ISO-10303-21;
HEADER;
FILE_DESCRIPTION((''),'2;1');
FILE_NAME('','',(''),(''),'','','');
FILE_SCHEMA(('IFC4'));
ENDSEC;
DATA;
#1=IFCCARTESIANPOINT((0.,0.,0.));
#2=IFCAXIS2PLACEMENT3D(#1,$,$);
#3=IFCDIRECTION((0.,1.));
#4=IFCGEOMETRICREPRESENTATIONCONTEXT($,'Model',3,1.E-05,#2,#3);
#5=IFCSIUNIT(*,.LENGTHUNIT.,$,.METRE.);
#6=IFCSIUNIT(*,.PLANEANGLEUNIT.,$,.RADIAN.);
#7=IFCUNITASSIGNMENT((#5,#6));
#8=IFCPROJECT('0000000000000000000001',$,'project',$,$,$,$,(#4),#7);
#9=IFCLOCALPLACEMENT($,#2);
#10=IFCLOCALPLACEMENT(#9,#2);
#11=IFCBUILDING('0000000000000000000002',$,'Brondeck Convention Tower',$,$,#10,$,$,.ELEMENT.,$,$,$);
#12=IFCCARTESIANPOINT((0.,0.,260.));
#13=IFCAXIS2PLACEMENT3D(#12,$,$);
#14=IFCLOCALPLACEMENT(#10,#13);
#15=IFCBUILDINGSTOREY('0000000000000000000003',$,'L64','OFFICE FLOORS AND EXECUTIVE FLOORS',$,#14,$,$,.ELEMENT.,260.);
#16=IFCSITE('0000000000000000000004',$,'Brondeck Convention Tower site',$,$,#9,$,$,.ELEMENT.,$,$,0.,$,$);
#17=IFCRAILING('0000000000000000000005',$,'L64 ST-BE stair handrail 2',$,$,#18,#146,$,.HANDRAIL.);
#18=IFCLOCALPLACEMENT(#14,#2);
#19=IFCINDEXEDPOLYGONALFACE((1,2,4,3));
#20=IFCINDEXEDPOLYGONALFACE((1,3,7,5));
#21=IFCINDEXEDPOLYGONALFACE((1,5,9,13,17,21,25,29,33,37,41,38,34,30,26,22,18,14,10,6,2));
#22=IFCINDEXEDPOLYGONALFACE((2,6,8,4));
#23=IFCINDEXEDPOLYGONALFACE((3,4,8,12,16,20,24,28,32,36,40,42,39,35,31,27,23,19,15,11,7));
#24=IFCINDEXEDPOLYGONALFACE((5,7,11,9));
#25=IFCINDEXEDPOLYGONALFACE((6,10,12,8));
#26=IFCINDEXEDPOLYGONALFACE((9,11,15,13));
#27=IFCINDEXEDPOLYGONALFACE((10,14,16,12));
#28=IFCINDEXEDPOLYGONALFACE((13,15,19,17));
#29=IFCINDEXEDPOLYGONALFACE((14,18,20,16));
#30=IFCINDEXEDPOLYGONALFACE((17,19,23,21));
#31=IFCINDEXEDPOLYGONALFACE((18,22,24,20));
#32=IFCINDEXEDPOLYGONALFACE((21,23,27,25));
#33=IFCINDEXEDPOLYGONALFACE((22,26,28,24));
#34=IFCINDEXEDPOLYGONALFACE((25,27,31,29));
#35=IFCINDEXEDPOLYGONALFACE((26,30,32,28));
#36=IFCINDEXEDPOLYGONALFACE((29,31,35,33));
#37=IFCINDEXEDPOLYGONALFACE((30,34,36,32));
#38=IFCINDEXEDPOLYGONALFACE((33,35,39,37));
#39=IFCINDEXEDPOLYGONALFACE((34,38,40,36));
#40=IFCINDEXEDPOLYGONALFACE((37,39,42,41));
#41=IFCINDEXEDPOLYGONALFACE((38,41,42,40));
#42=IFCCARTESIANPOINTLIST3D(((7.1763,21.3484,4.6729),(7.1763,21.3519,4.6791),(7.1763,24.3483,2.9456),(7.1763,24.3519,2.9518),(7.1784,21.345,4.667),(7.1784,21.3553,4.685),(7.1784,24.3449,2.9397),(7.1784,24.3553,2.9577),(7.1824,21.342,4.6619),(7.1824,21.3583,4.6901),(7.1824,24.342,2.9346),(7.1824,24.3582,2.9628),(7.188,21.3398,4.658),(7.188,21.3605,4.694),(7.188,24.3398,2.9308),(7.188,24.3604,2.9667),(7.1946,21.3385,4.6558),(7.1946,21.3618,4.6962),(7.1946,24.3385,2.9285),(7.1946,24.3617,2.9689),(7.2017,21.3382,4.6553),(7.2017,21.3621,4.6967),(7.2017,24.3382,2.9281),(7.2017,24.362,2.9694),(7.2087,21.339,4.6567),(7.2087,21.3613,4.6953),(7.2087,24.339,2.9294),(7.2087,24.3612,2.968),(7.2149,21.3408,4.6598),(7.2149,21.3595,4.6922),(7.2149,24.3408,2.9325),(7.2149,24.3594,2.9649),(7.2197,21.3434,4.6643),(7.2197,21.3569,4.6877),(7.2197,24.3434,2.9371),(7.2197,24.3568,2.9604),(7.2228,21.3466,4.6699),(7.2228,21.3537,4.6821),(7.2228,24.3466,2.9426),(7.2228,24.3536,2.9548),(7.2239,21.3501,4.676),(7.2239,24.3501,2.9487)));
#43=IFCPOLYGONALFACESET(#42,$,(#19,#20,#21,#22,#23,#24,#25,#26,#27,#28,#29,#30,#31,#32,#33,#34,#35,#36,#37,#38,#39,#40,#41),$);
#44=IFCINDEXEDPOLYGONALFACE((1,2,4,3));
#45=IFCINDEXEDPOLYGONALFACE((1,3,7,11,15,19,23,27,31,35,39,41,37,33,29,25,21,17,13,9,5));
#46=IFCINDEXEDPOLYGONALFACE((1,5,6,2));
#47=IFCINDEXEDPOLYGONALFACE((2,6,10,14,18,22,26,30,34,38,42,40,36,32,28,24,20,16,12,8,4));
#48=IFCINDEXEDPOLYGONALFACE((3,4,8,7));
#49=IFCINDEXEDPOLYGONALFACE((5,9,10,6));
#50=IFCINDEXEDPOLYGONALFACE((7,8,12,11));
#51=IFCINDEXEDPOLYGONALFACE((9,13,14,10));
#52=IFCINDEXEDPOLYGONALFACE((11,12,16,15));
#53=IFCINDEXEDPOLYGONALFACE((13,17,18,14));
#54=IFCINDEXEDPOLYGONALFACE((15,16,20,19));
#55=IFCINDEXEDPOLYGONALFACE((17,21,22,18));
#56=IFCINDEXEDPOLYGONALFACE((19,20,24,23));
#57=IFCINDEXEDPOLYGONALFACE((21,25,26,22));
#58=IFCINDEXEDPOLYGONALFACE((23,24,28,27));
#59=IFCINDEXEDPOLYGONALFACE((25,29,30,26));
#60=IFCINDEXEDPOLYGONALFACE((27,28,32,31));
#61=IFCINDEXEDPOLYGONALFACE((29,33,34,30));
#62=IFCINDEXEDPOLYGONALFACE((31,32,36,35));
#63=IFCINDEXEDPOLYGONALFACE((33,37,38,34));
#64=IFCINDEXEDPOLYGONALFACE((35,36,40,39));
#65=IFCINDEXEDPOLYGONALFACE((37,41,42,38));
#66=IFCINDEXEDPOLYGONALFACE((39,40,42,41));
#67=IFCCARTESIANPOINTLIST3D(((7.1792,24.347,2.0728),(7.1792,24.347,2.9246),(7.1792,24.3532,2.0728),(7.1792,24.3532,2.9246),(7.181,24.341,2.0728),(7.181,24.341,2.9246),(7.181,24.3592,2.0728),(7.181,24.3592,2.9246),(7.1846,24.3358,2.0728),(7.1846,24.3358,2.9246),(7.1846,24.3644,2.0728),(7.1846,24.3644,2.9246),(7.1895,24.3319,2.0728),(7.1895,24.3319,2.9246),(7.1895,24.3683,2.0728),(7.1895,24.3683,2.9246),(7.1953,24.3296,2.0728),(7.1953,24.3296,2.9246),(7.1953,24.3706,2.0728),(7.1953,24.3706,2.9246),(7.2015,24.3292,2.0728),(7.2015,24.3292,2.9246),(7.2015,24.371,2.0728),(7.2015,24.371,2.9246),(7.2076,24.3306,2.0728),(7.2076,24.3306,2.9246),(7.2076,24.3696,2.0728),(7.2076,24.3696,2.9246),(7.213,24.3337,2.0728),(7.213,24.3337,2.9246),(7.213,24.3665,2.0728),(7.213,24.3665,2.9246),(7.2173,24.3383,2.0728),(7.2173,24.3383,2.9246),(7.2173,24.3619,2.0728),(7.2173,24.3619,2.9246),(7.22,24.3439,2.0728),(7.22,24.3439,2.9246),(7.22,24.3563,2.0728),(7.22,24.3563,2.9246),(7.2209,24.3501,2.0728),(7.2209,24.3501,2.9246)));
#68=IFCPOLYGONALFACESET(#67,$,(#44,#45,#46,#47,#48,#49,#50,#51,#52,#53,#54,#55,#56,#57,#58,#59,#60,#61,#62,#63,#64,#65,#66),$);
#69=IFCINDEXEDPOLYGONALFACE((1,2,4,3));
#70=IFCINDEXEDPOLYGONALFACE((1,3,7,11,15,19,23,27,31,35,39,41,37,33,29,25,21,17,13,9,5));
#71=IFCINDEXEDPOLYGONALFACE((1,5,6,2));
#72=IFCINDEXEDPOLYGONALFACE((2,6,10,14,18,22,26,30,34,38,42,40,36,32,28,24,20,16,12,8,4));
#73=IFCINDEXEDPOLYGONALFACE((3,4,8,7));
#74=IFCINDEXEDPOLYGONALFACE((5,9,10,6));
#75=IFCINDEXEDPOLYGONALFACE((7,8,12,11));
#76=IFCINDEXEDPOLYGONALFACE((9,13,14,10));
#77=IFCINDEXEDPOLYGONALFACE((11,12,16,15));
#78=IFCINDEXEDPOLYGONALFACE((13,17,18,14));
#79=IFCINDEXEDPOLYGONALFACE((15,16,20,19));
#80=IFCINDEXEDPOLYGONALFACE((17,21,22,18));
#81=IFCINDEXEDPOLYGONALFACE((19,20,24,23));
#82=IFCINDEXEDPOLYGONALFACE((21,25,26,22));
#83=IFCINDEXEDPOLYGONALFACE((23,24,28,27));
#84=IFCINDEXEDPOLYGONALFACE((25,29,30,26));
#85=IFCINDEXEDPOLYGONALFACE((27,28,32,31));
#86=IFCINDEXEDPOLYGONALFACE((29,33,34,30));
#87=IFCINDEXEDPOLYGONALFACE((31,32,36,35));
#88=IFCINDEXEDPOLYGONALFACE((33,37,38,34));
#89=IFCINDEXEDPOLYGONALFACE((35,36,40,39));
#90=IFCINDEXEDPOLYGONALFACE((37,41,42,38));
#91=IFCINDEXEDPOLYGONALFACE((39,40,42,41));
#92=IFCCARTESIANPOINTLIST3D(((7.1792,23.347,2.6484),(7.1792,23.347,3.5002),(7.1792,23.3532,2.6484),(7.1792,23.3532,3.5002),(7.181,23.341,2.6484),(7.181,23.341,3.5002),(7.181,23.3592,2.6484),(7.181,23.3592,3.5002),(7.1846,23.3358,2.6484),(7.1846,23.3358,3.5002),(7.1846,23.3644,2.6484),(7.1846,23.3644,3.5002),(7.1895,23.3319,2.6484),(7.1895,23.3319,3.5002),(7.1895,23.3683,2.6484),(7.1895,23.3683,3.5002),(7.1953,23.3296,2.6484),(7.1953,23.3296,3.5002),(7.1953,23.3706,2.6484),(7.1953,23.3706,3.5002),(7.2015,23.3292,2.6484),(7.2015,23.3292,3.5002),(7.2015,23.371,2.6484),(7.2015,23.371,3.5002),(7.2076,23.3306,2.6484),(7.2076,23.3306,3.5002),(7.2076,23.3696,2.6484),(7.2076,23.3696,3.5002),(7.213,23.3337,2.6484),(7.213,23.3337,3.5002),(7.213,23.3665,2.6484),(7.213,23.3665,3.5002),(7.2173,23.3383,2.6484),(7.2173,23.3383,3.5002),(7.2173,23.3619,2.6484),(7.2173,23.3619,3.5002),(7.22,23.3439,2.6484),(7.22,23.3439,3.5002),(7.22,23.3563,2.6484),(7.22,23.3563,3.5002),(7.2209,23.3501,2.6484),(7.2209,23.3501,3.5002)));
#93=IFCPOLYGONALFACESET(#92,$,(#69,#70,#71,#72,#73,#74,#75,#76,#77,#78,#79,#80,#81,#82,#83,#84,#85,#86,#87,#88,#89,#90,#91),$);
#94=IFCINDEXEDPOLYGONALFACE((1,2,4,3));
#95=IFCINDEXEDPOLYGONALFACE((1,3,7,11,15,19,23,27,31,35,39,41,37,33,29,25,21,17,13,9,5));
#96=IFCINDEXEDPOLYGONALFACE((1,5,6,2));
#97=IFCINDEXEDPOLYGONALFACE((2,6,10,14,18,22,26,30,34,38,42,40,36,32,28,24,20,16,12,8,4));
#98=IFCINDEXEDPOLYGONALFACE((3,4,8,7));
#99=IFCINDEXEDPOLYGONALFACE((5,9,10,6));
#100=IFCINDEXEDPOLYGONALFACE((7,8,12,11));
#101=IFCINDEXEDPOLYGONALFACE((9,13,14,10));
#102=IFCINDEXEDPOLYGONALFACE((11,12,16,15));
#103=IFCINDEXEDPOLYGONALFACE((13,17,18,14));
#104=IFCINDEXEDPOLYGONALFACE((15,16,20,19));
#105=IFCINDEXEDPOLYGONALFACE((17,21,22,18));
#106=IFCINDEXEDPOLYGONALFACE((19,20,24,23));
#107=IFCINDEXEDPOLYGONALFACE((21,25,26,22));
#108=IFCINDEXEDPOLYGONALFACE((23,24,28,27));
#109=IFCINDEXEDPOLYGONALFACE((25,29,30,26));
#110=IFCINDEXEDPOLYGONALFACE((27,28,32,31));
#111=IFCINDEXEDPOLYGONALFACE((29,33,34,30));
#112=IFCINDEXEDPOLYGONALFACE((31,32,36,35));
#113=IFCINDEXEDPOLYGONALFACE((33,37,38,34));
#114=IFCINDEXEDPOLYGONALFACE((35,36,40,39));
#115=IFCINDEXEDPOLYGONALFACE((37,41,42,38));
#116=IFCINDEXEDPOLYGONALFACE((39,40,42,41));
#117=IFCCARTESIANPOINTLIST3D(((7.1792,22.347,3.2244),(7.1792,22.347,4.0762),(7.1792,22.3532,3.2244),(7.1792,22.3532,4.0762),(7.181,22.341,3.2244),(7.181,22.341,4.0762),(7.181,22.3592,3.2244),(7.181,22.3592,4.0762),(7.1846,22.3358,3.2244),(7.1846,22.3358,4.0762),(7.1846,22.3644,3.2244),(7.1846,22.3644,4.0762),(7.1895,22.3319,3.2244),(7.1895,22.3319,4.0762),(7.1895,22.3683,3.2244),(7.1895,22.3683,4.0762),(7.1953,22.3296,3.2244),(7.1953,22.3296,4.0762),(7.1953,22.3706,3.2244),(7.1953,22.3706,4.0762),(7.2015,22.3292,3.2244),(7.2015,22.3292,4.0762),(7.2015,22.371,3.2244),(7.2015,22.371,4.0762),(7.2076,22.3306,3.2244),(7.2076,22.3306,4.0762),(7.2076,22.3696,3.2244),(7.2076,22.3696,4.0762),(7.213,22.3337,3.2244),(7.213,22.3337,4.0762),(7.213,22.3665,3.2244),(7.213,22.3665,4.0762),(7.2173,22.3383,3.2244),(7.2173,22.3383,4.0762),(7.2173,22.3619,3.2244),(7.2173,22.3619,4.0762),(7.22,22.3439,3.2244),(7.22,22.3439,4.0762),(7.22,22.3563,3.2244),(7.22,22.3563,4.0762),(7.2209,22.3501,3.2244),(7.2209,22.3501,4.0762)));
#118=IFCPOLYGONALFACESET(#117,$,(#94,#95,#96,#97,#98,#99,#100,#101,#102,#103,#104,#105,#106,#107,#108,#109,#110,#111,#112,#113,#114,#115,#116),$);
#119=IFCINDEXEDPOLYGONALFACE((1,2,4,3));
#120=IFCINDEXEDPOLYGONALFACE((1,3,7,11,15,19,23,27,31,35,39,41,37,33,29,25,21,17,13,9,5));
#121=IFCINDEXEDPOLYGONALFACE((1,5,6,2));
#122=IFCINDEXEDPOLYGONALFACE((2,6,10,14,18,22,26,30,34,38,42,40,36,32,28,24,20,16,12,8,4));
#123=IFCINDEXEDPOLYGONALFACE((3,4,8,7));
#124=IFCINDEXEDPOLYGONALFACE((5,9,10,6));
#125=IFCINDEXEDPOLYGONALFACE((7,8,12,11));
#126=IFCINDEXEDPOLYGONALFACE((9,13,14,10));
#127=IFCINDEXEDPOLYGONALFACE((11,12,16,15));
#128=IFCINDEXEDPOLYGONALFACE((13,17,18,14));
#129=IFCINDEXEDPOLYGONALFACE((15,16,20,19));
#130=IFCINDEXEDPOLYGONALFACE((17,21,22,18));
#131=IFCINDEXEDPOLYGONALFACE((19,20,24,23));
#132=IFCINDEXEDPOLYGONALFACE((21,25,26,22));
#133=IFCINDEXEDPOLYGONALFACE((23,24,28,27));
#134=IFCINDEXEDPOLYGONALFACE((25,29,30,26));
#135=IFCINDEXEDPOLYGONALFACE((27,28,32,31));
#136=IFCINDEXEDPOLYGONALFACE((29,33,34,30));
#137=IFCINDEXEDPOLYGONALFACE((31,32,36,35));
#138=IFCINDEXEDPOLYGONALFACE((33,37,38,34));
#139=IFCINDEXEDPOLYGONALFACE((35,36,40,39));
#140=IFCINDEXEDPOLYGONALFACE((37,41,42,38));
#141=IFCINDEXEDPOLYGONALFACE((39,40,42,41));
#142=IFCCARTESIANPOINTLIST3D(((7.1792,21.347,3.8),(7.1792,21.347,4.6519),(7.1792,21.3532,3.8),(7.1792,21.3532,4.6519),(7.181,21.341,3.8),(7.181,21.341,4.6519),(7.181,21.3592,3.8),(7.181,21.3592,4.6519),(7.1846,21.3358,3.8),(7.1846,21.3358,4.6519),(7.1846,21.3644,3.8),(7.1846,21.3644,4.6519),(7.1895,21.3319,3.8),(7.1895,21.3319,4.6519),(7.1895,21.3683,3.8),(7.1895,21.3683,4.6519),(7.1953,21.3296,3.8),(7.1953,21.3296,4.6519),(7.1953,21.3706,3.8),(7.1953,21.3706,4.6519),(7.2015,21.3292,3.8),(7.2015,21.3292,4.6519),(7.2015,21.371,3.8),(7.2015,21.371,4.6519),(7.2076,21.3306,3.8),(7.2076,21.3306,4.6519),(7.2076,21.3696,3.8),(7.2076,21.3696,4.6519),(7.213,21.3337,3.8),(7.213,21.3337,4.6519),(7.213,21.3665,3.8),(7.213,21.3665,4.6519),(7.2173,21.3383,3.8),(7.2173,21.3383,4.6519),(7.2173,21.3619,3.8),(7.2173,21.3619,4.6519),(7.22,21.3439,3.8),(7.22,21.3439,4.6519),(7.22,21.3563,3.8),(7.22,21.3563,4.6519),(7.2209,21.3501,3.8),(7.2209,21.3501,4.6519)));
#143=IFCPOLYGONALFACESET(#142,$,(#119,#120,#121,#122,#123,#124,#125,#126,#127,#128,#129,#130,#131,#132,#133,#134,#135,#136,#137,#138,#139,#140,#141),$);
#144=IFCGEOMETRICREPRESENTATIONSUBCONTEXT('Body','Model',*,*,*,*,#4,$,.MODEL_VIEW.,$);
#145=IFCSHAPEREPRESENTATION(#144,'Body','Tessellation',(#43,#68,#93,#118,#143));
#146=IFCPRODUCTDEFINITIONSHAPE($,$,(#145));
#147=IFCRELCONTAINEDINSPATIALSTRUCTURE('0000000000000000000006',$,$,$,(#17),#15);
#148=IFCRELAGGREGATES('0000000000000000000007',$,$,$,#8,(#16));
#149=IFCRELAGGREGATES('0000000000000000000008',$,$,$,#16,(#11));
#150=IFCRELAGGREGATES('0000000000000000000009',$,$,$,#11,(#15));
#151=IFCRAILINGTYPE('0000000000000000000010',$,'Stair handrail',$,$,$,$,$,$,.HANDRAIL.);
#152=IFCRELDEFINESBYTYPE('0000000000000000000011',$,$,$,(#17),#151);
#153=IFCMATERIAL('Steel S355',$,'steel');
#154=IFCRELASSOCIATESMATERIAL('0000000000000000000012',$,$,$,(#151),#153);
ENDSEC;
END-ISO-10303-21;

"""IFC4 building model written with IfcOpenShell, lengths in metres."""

from ifc_helpers import new_model, si_unit, direction, frame, origin, origin_2d, place, context, subcontext, project, spatial, circle, extrude, material, type_object, element, save


model = new_model("IFC4")

# Units and contexts
model_context = context("Model", 3, precision=1e-05, world=origin(), true_north=direction((0.0, 1.0)))
body_context = subcontext(model_context, "Body", "Model", "MODEL_VIEW")
ifc_project = project(units=[si_unit("LENGTHUNIT", "METRE"), si_unit("PLANEANGLEUNIT", "RADIAN")], contexts=[model_context])

# Site, building, storey
site_placement = place(None, origin())
site = spatial("IfcSite", under=ifc_project, at=site_placement, Name="Brondeck Convention Tower site", CompositionType="ELEMENT", RefElevation=0.0)
building_placement = place(site_placement, origin())
building = spatial("IfcBuilding", under=site, at=building_placement, Name="Brondeck Convention Tower", CompositionType="ELEMENT")
storey_placement = place(building_placement, frame((0.0, 0.0, 260.0)))
storey = spatial("IfcBuildingStorey", under=building, at=storey_placement, Name="L64", Description="OFFICE FLOORS AND EXECUTIVE FLOORS", CompositionType="ELEMENT", Elevation=260.0)

# Shared definitions
ifc_material_1 = material(Name="Steel S355", Category="steel")

# Railing
railing_type = type_object("IfcRailingType", Name="Stair handrail", PredefinedType="HANDRAIL", material=ifc_material_1)
railing_1_placement = place(storey_placement, frame((7.2, 24.3501, 2.0728)))
element("IfcRailing", 1, at=railing_1_placement, inside=storey, type_object=railing_type, Name="L64 ST-BE stair handrail 2", PredefinedType="HANDRAIL", context=body_context, shape_type="SweptSolid", body=[
    extrude(circle(Radius=0.0239, at=origin_2d()), frame((0.0, 0.0, 0.876), z_axis=(0.0, -0.86662, 0.498969), x_axis=(1.0, 0.0, 0.0)), (0.0, 0.0, 1.0), 3.4617),
    extrude(circle(Radius=0.021, at=origin_2d()), origin(), (0.0, 0.0, 1.0), 0.8518),
    extrude(circle(Radius=0.021, at=origin_2d()), frame((0.0, -1.0, 0.5757)), (0.0, 0.0, 1.0), 0.8518),
    extrude(circle(Radius=0.021, at=origin_2d()), frame((0.0, -2.0, 1.1516)), (0.0, 0.0, 1.0), 0.8518),
    extrude(circle(Radius=0.021, at=origin_2d()), frame((0.0, -3.0, 1.7273)), (0.0, 0.0, 1.0), 0.8518),
])

save(model, "model.ifc")
